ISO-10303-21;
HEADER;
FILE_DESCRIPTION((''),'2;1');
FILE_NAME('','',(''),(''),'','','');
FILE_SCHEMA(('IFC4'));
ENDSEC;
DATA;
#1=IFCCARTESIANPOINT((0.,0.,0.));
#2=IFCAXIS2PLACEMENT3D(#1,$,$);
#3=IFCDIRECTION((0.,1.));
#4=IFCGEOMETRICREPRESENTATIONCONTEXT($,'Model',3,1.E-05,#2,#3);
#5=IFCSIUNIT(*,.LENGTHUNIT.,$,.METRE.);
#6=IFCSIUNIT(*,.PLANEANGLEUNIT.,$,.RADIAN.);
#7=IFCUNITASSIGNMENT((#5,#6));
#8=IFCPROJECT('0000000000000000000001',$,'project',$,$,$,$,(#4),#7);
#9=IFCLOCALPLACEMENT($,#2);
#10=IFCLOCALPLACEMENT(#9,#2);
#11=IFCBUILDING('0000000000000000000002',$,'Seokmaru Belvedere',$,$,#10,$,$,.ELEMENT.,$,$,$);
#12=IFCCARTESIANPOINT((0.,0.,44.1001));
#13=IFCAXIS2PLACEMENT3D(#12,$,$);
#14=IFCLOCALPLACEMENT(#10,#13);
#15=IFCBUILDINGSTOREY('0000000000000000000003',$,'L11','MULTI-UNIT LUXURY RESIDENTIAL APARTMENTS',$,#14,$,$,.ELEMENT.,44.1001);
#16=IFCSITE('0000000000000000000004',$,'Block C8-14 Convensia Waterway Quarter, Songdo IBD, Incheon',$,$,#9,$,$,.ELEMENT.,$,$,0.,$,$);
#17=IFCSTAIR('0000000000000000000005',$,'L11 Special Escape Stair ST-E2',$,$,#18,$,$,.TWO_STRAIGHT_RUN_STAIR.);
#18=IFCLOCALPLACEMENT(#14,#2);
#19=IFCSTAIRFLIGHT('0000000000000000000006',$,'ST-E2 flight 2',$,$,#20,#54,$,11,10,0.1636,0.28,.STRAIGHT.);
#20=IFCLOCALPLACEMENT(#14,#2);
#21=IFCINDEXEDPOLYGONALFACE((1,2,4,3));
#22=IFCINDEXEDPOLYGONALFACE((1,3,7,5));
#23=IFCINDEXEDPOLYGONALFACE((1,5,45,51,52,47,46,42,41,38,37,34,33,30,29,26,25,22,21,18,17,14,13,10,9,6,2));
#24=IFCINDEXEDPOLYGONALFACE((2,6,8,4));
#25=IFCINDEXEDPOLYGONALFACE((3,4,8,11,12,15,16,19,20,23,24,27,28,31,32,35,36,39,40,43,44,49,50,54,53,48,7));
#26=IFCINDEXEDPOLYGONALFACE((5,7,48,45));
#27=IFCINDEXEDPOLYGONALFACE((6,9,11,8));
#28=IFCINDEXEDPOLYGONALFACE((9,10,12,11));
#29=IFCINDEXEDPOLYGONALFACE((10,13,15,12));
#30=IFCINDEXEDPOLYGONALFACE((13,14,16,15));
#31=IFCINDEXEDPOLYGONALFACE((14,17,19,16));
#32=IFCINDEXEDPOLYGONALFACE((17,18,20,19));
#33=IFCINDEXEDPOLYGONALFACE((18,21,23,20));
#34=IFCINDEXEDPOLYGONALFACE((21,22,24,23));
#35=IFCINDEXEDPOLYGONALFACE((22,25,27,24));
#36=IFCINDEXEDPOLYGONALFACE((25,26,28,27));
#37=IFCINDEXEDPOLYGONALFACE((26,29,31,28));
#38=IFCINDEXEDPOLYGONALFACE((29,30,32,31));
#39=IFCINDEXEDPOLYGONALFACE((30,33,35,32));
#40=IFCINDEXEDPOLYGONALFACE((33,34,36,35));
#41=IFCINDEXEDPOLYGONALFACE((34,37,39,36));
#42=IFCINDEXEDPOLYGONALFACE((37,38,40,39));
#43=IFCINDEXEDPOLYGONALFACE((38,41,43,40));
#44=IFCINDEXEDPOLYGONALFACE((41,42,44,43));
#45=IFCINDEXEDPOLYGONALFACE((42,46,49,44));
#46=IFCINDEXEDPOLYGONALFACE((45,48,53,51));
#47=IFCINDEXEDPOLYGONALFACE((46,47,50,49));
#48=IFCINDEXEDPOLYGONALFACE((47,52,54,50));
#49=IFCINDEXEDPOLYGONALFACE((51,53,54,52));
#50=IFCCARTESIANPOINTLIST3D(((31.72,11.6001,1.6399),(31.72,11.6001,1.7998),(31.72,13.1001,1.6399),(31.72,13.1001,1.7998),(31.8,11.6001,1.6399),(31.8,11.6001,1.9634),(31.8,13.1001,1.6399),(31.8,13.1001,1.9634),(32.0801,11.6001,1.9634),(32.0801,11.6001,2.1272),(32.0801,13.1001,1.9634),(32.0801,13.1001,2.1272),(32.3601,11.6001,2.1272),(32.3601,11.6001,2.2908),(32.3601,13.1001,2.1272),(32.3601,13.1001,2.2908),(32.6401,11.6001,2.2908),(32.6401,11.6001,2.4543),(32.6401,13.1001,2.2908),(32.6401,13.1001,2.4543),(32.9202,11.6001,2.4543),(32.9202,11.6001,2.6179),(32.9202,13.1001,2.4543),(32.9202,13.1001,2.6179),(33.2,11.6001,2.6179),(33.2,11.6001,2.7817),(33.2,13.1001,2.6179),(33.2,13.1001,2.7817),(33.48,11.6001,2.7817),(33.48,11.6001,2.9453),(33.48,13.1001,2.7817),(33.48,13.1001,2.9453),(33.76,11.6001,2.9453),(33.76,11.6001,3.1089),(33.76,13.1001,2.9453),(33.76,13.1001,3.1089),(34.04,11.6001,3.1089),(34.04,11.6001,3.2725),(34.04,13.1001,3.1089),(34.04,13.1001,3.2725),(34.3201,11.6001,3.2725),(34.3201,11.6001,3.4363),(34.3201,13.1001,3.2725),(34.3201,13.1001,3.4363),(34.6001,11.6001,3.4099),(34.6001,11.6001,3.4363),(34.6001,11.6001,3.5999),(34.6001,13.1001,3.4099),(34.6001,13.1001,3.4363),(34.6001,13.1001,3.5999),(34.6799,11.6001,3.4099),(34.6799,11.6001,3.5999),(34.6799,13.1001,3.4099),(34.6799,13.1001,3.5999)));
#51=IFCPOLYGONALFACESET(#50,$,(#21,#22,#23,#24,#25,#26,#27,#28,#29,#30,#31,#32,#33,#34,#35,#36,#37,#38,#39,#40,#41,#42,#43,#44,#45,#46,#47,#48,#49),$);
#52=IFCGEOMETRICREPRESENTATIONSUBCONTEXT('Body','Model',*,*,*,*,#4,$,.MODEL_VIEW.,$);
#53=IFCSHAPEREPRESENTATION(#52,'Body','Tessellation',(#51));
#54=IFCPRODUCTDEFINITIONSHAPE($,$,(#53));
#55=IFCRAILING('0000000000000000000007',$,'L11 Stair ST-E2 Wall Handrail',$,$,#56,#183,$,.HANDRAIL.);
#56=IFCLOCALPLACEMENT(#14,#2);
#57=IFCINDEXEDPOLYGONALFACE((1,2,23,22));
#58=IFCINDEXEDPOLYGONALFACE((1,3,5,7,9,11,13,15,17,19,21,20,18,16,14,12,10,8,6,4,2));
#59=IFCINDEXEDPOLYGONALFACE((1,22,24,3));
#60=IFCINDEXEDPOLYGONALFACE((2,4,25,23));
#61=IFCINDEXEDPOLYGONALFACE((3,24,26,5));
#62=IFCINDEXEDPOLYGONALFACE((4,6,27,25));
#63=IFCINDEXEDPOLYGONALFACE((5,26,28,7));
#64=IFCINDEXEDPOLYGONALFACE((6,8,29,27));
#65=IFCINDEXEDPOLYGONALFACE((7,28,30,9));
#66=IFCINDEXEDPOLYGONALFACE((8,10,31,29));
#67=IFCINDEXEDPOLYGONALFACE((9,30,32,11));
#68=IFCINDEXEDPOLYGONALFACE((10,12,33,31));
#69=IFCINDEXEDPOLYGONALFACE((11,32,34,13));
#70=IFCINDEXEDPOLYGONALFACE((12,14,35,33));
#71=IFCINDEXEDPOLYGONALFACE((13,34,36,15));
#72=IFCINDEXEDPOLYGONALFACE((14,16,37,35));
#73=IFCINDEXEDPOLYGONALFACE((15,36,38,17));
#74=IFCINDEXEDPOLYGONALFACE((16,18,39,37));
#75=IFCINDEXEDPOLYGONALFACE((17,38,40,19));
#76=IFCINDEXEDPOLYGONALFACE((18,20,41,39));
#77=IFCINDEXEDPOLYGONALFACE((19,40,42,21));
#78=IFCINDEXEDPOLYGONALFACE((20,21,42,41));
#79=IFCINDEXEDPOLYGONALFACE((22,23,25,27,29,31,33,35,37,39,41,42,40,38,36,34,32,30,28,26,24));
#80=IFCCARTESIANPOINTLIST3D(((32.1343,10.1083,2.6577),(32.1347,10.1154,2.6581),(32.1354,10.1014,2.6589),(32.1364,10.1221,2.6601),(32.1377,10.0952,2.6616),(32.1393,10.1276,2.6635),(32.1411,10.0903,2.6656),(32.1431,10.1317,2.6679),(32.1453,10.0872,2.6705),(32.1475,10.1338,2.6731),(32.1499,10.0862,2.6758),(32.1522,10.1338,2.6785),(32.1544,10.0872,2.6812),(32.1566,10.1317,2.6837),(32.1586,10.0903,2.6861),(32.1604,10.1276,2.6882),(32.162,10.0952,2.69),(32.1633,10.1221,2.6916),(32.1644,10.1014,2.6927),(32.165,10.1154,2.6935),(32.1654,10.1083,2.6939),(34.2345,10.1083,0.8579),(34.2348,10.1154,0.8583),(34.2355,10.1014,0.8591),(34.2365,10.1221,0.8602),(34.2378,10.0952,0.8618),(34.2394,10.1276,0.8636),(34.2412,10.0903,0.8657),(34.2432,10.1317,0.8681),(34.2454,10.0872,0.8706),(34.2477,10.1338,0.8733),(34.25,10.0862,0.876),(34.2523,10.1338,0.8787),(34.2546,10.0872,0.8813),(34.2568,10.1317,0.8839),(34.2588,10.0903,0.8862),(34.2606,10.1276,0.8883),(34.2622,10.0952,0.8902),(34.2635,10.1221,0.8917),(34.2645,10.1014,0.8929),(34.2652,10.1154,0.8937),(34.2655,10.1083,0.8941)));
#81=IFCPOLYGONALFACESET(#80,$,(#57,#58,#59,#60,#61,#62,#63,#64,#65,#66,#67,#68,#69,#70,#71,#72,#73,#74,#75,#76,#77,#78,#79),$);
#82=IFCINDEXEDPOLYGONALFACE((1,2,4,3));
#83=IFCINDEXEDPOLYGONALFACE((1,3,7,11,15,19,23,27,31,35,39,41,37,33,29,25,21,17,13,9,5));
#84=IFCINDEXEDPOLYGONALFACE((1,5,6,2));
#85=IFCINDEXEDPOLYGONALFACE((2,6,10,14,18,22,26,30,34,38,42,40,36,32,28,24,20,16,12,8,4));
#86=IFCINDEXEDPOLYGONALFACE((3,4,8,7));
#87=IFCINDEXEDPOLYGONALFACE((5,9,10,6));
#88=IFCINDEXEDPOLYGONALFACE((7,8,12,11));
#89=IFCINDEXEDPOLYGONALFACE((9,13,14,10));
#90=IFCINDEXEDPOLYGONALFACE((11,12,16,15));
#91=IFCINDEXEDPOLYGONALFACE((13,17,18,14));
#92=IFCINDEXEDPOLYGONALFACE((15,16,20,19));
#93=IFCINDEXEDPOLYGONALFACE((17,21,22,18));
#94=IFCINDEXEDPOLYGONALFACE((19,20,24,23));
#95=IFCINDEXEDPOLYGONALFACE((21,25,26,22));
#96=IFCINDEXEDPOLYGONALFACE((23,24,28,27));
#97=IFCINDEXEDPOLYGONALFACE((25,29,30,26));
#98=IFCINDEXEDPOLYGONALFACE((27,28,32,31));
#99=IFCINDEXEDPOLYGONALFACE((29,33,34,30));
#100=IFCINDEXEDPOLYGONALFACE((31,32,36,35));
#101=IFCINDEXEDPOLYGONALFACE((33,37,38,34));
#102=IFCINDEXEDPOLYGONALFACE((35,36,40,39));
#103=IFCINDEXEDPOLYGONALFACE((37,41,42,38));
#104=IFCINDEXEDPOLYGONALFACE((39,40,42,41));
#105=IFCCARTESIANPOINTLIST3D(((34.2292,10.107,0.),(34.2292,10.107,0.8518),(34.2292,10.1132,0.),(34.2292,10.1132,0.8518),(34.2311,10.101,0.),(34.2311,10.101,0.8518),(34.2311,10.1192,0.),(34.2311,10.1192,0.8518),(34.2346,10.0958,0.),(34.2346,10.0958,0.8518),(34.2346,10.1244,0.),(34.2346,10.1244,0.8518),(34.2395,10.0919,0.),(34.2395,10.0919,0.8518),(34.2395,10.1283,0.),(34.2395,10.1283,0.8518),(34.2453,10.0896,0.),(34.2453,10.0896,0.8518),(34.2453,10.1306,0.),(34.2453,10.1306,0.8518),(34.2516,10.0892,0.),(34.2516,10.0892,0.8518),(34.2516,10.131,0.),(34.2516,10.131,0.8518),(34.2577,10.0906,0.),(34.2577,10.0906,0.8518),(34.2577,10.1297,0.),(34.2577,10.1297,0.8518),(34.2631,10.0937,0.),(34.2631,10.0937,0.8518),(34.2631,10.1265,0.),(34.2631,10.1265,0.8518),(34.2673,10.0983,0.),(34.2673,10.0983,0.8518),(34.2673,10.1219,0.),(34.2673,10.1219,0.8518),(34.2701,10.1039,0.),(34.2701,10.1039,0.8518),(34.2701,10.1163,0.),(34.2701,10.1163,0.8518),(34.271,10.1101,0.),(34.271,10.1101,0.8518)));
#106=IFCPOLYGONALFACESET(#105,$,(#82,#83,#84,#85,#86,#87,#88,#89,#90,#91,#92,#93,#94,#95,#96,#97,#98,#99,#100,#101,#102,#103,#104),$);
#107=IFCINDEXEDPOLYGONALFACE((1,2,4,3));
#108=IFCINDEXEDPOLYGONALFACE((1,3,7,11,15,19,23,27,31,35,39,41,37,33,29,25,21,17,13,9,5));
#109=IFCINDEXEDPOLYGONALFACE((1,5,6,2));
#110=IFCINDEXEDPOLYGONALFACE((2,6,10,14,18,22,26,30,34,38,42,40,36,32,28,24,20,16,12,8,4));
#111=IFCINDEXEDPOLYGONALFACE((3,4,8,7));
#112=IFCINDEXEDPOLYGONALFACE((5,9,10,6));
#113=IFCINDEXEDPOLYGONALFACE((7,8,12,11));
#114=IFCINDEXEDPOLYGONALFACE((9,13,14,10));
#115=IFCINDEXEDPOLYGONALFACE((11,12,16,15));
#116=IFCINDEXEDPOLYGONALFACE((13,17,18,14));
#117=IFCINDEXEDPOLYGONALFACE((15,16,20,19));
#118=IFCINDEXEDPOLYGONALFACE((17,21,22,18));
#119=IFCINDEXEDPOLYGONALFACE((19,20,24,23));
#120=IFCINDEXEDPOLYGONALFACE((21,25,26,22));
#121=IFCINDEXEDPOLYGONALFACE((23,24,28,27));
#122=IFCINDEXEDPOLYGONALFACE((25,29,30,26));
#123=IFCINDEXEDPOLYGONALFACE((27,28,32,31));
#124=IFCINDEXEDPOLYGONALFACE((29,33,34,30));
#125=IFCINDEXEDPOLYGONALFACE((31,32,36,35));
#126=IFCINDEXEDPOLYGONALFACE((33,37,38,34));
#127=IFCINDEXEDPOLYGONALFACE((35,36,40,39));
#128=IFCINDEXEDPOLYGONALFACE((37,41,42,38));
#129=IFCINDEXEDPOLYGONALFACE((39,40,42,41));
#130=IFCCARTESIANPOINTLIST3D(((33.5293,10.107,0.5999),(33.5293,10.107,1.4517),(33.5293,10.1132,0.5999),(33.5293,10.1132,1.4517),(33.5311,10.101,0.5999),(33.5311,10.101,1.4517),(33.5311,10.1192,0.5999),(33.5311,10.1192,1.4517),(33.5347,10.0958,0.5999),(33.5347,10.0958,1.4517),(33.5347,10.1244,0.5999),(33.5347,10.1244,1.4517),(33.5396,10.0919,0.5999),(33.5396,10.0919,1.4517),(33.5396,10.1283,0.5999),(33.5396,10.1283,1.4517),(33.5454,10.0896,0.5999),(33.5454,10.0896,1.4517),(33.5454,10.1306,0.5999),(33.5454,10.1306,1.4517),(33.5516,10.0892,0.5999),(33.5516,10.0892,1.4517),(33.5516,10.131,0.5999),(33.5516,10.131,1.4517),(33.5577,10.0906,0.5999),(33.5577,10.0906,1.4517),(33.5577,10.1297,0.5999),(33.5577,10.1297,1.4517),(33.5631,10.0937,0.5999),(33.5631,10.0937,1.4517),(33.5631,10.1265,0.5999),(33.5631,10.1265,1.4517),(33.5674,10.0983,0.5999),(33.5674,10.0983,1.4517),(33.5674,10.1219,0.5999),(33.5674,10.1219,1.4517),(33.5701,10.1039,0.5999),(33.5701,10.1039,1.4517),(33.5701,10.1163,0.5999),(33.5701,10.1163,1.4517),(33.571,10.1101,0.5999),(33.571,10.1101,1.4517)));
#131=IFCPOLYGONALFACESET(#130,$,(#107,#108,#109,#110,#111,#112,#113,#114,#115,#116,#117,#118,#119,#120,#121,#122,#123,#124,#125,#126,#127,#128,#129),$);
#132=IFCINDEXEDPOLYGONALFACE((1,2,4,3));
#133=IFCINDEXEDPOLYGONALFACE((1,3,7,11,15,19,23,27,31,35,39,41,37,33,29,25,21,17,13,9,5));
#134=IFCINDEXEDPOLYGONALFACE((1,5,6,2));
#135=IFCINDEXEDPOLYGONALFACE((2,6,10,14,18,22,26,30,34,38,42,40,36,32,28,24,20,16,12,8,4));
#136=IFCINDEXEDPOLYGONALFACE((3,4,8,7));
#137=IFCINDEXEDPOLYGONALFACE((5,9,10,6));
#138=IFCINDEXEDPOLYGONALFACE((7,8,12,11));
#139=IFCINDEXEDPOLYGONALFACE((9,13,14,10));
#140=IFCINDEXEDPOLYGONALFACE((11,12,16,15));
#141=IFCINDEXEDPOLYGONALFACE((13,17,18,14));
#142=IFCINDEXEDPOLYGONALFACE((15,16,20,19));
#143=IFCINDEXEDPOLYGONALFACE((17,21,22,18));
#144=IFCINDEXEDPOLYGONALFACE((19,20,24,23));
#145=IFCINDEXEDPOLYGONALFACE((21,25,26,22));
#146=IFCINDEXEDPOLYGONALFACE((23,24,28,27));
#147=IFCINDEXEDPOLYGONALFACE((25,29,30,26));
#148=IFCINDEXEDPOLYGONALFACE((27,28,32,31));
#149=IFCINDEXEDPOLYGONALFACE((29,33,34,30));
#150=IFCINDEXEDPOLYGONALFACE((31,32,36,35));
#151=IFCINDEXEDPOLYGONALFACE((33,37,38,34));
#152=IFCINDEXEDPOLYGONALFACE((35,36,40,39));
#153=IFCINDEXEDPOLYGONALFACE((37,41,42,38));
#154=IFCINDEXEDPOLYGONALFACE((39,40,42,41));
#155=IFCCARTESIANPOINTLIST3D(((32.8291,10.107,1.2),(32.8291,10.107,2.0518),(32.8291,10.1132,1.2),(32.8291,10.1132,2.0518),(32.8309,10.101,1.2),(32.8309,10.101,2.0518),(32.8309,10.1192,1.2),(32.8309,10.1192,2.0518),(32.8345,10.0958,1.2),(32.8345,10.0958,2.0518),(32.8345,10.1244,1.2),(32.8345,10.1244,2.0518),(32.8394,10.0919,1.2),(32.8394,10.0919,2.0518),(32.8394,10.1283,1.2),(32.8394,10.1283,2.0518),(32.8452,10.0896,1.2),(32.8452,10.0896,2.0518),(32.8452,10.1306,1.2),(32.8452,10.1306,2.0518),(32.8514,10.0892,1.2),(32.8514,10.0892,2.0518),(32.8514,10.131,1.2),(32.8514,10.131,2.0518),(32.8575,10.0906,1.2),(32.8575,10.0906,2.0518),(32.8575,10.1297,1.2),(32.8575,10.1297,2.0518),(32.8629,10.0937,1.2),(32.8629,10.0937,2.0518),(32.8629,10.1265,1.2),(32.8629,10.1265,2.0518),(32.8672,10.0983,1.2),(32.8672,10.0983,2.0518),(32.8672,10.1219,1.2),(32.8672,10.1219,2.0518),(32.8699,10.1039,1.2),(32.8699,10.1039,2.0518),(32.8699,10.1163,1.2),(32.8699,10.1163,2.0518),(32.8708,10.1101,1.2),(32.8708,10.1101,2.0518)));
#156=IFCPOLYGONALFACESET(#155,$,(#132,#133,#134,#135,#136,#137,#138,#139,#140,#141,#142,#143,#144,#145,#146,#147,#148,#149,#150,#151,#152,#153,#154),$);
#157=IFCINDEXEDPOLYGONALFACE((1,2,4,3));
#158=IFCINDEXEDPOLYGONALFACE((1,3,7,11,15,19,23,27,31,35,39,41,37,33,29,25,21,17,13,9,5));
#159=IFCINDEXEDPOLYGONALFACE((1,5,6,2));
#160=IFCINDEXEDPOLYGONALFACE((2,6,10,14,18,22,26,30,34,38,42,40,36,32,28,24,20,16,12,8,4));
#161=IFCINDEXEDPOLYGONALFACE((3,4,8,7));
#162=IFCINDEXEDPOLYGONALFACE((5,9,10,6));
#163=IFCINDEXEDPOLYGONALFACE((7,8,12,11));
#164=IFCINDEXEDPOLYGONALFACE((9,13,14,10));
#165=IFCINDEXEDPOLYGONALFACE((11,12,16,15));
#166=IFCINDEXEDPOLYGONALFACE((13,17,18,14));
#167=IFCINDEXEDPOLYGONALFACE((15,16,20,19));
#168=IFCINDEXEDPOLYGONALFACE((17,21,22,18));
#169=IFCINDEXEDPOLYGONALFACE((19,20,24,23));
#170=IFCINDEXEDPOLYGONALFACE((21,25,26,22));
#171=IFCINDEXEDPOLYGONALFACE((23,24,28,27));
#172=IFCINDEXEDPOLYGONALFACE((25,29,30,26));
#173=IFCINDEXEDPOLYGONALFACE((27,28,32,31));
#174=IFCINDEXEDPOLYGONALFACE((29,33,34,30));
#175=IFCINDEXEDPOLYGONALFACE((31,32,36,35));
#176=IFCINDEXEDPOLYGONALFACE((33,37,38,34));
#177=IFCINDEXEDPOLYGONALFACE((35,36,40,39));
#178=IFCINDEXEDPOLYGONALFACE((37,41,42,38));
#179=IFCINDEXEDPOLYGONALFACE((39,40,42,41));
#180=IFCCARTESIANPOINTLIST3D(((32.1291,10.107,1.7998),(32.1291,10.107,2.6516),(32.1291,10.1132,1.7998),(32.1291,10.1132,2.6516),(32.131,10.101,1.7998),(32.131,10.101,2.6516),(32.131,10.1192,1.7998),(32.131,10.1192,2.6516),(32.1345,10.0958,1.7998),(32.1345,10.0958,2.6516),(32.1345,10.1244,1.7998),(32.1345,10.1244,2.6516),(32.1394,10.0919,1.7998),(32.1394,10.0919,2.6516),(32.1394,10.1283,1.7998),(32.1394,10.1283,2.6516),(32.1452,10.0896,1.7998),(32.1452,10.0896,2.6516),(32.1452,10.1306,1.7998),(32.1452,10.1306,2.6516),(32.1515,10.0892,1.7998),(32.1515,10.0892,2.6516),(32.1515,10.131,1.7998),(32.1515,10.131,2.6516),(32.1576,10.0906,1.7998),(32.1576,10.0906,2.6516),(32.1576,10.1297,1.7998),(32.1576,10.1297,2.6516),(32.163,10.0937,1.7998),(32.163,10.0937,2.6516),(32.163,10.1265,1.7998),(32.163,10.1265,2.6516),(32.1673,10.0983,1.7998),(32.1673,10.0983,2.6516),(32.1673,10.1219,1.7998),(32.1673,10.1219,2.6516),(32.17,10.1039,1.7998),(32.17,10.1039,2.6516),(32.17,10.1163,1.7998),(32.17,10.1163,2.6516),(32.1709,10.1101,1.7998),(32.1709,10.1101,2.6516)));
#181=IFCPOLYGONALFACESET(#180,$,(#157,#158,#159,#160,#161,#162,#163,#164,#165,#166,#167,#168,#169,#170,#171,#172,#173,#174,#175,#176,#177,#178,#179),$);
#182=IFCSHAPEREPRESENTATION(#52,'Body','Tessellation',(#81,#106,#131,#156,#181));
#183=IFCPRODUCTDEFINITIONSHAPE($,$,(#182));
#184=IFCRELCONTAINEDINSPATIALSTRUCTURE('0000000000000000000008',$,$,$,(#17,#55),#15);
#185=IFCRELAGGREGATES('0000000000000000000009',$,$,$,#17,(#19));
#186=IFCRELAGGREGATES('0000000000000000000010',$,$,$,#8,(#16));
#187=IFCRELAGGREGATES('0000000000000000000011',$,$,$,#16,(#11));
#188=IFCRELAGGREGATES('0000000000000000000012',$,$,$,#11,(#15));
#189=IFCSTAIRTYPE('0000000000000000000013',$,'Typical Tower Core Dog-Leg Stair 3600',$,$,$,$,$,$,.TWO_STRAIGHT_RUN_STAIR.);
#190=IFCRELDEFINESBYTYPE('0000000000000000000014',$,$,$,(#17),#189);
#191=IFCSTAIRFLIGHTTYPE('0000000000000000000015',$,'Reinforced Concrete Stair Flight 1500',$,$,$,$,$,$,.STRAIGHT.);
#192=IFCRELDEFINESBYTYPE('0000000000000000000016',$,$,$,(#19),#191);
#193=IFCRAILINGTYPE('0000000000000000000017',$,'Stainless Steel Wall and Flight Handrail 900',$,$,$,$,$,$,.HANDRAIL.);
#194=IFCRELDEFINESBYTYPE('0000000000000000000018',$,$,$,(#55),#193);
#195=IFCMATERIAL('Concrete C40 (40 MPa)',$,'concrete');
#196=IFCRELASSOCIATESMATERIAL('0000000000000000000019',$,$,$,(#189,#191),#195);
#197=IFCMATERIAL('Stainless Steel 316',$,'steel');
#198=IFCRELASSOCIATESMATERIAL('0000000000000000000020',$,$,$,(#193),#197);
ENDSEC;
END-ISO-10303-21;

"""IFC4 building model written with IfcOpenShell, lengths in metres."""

from ifc_helpers import new_model, si_unit, direction, frame, origin, origin_2d, place, context, subcontext, project, spatial, polyline, circle, outline, extrude, material, type_object, element, aggregate, save


model = new_model("IFC4")

# Units and contexts
model_context = context("Model", 3, precision=1e-05, world=origin(), true_north=direction((0.0, 1.0)))
body_context = subcontext(model_context, "Body", "Model", "MODEL_VIEW")
ifc_project = project(units=[si_unit("LENGTHUNIT", "METRE"), si_unit("PLANEANGLEUNIT", "RADIAN")], contexts=[model_context])

# Site, building, storey
site_placement = place(None, origin())
site = spatial("IfcSite", under=ifc_project, at=site_placement, Name="Block C8-14 Convensia Waterway Quarter, Songdo IBD, Incheon", CompositionType="ELEMENT", RefElevation=0.0)
building_placement = place(site_placement, origin())
building = spatial("IfcBuilding", under=site, at=building_placement, Name="Seokmaru Belvedere", CompositionType="ELEMENT")
storey_placement = place(building_placement, frame((0.0, 0.0, 44.1001)))
storey = spatial("IfcBuildingStorey", under=building, at=storey_placement, Name="L11", Description="MULTI-UNIT LUXURY RESIDENTIAL APARTMENTS", CompositionType="ELEMENT", Elevation=44.1001)

# Stair, stair flight
ifc_material_1 = material(Name="Concrete C40 (40 MPa)", Category="concrete")
stair_type = type_object("IfcStairType", Name="Typical Tower Core Dog-Leg Stair 3600", PredefinedType="TWO_STRAIGHT_RUN_STAIR", material=ifc_material_1)
stair_placement = place(storey_placement, origin())
stair = element("IfcStair", 1, at=stair_placement, inside=storey, type_object=stair_type, Name="L11 Special Escape Stair ST-E2", PredefinedType="TWO_STRAIGHT_RUN_STAIR")
stair_flight_type = type_object("IfcStairFlightType", Name="Reinforced Concrete Stair Flight 1500", PredefinedType="STRAIGHT", material=ifc_material_1)
stair_flight_1_placement = place(storey_placement, frame((31.8, 12.3501, 1.7998), z_axis=(0.0, 0.0, 1.0), x_axis=(1.0, 0.0, 0.0)))
stair_flight_1 = element("IfcStairFlight", 2, at=stair_flight_1_placement, type_object=stair_flight_type, Name="ST-E2 flight 2", NumberOfRisers=11, NumberOfTreads=10, PredefinedType="STRAIGHT", RiserHeight=0.1636, TreadLength=0.28, context=body_context, shape_type="SweptSolid", body=[
    extrude(outline(polyline([(-0.0801, 0.0), (0.0, 0.1636), (0.28, 0.1636), (0.28, 0.3274), (0.5601, 0.3274), (0.5601, 0.491), (0.8401, 0.491), (0.8401, 0.6545), (1.1201, 0.6545), (1.1201, 0.8181), (1.3999, 0.8181), (1.3999, 0.9819), (1.6799, 0.9819), (1.6799, 1.1455), (1.96, 1.1455), (1.96, 1.3091), (2.24, 1.3091), (2.24, 1.4727), (2.52, 1.4727), (2.52, 1.6365), (2.8, 1.6365), (2.8, 1.8), (2.8799, 1.8), (2.8799, 1.6101), (2.8, 1.6101), (0.0, -0.1599), (-0.0801, -0.1599), (-0.0801, 0.0)])), frame((0.0, 0.75, 0.0), z_axis=(0.0, -1.0, 0.0), x_axis=(1.0, 0.0, 0.0)), (0.0, 0.0, 1.0), 1.5),
])
aggregate(stair, [stair_flight_1])

# Railing
ifc_material_2 = material(Name="Stainless Steel 316", Category="steel")
railing_type_1 = type_object("IfcRailingType", Name="Stainless Steel Wall and Flight Handrail 900", PredefinedType="HANDRAIL", material=ifc_material_2)
railing_1_placement = place(storey_placement, frame((34.25, 10.1101, 0.0)))
element("IfcRailing", 3, at=railing_1_placement, inside=storey, type_object=railing_type_1, Name="L11 Stair ST-E2 Wall Handrail", PredefinedType="HANDRAIL", context=body_context, shape_type="SweptSolid", body=[
    extrude(circle(Radius=0.0239, at=origin_2d()), frame((0.0, 0.0, 0.876), z_axis=(-0.759306, 0.0, 0.650733), x_axis=(0.0, -1.0, 0.0)), (0.0, 0.0, 1.0), 2.7659),
    extrude(circle(Radius=0.021, at=origin_2d()), origin(), (0.0, 0.0, 1.0), 0.8518),
    extrude(circle(Radius=0.021, at=origin_2d()), frame((-0.7, 0.0, 0.5999)), (0.0, 0.0, 1.0), 0.8518),
    extrude(circle(Radius=0.021, at=origin_2d()), frame((-1.4001, 0.0, 1.2)), (0.0, 0.0, 1.0), 0.8518),
    extrude(circle(Radius=0.021, at=origin_2d()), frame((-2.1001, 0.0, 1.7998)), (0.0, 0.0, 1.0), 0.8518),
])

save(model, "model.ifc")
